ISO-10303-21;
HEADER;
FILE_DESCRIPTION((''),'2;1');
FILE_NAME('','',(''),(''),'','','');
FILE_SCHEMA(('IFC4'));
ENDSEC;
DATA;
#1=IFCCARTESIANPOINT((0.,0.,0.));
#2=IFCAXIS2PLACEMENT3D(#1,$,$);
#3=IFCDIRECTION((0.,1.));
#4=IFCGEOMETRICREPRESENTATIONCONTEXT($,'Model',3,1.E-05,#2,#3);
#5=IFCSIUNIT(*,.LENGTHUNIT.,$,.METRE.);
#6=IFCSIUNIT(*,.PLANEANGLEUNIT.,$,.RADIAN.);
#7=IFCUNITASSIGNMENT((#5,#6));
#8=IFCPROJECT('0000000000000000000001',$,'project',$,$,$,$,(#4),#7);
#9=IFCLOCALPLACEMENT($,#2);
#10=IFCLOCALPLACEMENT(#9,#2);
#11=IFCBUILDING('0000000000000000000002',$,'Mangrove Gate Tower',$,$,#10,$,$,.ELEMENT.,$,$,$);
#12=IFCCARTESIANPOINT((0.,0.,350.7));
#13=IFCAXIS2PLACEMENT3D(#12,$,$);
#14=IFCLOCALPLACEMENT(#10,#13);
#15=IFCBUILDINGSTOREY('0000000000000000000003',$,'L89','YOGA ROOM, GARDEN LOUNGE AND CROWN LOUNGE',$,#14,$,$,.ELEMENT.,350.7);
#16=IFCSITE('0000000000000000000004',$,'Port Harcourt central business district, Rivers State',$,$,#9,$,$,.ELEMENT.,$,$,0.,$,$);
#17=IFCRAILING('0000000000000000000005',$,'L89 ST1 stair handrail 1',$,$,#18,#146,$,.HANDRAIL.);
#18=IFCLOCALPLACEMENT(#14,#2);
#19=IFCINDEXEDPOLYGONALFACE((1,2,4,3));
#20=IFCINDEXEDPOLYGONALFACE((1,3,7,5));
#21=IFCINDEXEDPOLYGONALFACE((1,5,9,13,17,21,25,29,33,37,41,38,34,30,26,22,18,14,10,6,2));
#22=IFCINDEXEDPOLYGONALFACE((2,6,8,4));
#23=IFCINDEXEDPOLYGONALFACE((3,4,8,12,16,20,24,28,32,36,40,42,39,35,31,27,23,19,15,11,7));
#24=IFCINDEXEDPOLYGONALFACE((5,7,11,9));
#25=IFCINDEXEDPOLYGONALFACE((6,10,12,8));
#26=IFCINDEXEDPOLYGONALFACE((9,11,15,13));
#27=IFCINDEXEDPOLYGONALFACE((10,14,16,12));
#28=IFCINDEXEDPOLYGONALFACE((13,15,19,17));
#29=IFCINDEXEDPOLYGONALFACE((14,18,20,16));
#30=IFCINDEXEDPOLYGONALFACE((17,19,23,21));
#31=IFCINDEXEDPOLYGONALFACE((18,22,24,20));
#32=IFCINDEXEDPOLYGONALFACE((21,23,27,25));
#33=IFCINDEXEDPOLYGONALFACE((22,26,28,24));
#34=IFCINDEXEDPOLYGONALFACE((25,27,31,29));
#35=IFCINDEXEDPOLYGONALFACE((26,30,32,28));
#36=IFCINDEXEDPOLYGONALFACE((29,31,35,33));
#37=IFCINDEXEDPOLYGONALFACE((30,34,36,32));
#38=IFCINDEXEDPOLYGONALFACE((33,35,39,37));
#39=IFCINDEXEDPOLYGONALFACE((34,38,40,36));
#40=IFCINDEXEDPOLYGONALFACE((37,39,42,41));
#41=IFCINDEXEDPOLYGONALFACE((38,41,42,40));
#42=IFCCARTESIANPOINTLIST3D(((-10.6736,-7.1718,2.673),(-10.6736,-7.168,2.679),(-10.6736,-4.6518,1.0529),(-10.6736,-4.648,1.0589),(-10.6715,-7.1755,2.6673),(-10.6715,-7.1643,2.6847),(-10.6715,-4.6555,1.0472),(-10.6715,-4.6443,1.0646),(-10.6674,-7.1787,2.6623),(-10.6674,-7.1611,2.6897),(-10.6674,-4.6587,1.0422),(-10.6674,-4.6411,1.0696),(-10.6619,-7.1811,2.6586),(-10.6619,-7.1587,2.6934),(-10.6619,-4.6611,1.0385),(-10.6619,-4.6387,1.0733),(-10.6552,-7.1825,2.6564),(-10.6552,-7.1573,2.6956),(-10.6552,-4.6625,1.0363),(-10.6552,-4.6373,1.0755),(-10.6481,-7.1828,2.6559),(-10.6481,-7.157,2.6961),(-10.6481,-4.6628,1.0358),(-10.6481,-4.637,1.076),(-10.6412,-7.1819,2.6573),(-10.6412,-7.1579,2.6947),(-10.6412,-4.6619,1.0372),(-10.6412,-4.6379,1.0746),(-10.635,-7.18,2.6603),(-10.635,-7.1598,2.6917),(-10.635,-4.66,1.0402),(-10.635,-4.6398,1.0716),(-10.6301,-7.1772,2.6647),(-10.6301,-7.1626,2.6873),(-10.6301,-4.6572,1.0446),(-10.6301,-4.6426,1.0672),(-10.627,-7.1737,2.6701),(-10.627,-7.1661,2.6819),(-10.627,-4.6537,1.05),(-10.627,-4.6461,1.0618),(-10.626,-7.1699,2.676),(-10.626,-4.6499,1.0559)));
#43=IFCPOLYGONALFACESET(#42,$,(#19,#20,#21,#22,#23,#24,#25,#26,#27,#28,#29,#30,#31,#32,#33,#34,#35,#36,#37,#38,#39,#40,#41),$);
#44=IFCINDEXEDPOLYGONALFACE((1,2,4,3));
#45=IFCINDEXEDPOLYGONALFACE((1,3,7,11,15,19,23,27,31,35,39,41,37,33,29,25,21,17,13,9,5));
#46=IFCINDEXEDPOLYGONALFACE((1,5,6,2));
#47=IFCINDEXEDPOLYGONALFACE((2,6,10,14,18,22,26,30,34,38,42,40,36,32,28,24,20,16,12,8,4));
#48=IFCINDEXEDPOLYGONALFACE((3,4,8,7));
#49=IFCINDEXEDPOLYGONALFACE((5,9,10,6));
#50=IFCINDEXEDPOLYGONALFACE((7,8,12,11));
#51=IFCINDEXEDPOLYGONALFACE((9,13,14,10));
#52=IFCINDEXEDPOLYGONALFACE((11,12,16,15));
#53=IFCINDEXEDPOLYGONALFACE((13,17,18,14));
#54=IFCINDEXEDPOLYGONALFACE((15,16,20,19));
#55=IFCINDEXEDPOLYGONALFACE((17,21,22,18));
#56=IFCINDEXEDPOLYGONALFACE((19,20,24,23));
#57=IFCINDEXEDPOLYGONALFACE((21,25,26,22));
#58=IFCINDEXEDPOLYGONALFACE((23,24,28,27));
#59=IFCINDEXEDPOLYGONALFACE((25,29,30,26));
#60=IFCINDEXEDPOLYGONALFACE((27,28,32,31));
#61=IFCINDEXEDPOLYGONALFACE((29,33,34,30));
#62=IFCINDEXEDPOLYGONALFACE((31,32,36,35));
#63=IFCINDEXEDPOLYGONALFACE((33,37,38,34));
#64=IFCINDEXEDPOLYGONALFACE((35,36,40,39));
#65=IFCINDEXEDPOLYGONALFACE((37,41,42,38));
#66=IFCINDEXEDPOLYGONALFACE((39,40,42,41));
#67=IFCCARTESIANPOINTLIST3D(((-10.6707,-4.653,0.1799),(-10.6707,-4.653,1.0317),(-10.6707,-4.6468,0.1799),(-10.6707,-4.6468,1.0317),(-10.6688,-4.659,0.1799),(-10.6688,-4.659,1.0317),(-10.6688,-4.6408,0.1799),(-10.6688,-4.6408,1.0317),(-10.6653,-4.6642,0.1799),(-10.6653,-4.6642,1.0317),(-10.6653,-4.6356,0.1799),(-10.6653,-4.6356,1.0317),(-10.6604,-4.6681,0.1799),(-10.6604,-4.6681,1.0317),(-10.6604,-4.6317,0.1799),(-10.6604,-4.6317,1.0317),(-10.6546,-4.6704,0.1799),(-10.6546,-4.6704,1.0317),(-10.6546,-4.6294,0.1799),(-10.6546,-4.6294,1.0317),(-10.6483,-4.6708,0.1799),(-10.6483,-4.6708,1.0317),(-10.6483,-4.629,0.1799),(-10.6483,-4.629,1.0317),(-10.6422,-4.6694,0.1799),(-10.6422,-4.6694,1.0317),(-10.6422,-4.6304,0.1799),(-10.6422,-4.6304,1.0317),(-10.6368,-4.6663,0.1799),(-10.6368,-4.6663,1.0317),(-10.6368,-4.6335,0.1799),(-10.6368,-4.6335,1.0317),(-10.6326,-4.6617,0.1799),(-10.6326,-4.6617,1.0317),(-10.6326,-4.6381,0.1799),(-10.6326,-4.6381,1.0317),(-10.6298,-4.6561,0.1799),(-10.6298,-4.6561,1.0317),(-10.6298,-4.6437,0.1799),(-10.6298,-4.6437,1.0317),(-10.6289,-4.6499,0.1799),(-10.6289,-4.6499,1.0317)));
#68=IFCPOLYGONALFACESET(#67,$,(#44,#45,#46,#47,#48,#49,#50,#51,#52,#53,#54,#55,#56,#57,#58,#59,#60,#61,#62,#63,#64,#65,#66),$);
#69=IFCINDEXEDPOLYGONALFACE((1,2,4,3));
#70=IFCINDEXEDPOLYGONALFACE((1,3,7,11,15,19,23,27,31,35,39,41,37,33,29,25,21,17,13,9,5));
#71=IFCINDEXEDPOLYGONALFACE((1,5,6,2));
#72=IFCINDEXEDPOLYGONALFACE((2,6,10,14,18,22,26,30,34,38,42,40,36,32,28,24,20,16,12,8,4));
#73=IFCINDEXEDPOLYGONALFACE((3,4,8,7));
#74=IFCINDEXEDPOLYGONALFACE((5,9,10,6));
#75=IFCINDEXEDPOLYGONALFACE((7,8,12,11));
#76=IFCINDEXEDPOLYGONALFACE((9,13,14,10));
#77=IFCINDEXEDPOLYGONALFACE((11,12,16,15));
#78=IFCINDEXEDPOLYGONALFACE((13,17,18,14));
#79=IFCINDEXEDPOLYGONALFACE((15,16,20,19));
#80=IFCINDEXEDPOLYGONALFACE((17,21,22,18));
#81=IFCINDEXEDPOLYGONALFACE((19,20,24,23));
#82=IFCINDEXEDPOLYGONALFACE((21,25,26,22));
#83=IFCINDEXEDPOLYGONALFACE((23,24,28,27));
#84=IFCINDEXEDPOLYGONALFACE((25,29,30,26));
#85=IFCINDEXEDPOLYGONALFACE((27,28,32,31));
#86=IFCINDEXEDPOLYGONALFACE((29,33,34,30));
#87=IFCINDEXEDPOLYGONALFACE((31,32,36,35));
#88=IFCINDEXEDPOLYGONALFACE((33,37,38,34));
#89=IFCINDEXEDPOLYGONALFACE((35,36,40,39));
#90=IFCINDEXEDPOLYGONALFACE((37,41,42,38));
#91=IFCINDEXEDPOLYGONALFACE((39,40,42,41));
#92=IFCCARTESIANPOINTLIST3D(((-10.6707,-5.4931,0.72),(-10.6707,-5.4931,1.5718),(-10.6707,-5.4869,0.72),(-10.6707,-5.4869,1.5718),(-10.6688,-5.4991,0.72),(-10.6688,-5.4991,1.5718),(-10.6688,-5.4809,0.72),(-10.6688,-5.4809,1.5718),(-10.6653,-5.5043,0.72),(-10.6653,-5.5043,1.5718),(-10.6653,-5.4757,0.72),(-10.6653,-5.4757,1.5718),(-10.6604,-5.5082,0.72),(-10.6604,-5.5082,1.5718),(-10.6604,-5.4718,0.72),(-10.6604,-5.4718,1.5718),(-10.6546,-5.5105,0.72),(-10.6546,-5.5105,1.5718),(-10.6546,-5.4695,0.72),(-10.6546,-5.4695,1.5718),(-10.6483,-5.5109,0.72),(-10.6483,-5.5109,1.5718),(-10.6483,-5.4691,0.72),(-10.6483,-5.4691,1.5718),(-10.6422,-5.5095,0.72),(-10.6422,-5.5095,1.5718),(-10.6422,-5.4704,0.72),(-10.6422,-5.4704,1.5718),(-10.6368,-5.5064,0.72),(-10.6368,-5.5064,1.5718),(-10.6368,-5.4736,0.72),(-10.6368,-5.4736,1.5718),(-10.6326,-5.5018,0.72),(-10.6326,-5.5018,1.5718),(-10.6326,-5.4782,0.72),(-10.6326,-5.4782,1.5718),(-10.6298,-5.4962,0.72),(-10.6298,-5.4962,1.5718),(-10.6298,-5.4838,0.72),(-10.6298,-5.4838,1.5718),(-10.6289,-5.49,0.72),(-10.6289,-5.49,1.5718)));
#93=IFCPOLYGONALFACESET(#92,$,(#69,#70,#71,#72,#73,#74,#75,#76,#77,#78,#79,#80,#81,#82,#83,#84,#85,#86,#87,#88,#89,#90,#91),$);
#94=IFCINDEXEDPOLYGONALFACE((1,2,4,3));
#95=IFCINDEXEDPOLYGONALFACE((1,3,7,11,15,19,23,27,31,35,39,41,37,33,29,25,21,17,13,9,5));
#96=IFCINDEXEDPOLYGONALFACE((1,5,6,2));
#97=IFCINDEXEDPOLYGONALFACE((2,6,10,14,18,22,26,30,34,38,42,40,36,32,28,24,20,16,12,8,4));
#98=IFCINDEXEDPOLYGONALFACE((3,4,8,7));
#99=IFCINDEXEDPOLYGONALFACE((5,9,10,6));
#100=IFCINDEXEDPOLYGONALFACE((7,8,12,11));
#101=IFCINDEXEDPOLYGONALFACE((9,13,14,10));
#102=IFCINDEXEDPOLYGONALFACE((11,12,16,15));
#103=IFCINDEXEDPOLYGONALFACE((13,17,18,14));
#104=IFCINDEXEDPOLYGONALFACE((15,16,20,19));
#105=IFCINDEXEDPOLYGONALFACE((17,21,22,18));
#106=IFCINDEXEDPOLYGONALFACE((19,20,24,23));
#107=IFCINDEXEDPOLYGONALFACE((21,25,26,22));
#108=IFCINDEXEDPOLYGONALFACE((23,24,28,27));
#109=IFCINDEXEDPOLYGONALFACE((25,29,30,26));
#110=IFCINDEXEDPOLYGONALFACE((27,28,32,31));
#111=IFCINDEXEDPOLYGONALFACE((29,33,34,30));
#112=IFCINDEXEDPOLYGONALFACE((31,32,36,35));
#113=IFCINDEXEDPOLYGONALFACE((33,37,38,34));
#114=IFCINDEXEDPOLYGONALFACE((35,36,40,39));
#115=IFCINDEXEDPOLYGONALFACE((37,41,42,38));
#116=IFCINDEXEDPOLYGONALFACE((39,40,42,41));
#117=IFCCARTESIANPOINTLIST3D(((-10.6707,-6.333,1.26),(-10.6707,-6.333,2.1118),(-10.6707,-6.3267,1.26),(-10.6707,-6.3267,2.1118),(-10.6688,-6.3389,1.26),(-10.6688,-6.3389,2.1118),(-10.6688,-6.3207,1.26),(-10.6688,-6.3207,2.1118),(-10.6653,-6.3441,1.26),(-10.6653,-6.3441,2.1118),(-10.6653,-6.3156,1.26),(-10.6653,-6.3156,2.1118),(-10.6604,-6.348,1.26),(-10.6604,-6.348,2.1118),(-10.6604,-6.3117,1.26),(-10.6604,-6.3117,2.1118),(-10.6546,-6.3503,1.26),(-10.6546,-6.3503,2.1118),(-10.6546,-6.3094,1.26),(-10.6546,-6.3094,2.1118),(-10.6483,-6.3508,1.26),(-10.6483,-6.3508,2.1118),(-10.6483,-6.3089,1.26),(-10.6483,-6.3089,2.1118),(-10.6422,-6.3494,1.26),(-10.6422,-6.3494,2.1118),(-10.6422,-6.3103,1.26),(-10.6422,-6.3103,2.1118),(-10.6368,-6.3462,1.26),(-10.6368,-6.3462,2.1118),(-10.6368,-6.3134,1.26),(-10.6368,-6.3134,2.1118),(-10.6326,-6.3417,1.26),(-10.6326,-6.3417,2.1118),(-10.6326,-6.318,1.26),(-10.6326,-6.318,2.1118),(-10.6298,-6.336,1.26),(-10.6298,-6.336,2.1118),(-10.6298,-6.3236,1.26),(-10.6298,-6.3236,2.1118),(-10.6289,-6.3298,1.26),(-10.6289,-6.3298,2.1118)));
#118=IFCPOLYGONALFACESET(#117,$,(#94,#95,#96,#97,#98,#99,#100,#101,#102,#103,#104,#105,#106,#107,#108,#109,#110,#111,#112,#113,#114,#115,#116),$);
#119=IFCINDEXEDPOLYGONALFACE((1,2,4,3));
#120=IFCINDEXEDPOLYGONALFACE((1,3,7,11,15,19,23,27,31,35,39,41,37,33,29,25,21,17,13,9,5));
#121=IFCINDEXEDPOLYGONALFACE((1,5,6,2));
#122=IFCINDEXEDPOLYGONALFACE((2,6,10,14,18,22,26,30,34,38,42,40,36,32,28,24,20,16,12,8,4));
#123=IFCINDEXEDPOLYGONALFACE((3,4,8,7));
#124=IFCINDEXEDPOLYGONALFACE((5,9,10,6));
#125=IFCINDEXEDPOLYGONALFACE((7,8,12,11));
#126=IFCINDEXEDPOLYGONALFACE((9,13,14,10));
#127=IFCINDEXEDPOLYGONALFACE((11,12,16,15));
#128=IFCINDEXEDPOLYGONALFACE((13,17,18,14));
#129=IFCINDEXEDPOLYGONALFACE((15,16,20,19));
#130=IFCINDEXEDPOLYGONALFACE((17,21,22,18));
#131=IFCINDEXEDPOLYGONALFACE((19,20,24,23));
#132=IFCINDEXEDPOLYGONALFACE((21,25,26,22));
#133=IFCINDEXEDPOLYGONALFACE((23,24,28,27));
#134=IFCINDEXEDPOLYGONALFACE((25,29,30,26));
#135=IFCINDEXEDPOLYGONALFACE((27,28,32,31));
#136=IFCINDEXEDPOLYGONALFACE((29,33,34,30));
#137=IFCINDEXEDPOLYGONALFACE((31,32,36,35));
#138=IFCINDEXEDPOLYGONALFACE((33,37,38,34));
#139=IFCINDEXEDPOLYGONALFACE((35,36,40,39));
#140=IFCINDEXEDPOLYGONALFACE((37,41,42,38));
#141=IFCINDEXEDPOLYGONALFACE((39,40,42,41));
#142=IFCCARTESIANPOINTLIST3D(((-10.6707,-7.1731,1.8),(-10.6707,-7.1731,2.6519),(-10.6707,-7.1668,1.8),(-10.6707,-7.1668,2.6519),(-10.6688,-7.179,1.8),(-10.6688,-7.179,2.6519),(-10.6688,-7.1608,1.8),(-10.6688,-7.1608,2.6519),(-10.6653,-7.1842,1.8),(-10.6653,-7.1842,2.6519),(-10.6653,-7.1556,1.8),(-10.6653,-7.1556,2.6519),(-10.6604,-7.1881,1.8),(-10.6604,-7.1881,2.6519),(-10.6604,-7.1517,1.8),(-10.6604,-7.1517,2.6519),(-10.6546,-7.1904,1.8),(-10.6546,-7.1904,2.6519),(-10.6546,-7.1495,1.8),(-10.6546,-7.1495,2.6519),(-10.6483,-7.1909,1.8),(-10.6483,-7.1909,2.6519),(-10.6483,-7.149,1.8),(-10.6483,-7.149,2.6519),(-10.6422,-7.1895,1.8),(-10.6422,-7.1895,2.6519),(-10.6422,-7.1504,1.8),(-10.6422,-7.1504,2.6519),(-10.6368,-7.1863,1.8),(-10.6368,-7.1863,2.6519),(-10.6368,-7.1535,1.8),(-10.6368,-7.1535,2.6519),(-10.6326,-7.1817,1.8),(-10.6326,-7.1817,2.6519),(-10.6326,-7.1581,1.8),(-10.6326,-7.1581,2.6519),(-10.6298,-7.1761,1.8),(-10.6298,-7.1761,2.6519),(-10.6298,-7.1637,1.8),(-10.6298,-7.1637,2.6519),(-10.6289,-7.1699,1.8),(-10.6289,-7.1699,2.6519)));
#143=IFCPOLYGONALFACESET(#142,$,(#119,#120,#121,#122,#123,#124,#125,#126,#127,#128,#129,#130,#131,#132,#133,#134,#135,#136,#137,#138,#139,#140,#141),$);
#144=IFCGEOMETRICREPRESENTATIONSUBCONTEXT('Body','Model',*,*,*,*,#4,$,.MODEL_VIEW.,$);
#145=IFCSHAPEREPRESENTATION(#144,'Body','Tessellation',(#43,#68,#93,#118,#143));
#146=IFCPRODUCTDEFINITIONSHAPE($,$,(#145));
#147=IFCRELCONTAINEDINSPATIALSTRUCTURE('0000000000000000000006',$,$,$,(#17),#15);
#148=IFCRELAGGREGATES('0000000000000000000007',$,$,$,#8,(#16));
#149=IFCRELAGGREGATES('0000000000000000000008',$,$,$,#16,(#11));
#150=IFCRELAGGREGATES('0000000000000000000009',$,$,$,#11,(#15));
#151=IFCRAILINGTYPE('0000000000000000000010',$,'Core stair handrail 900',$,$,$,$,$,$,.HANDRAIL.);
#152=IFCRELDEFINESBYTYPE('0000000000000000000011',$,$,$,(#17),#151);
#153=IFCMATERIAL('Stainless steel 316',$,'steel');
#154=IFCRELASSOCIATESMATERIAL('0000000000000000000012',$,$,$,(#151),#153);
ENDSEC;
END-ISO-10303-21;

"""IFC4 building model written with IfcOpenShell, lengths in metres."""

from ifc_helpers import new_model, si_unit, direction, frame, origin, origin_2d, place, context, subcontext, project, spatial, circle, extrude, material, type_object, element, save


model = new_model("IFC4")

# Units and contexts
model_context = context("Model", 3, precision=1e-05, world=origin(), true_north=direction((0.0, 1.0)))
body_context = subcontext(model_context, "Body", "Model", "MODEL_VIEW")
ifc_project = project(units=[si_unit("LENGTHUNIT", "METRE"), si_unit("PLANEANGLEUNIT", "RADIAN")], contexts=[model_context])

# Site, building, storey
site_placement = place(None, origin())
site = spatial("IfcSite", under=ifc_project, at=site_placement, Name="Port Harcourt central business district, Rivers State", CompositionType="ELEMENT", RefElevation=0.0)
building_placement = place(site_placement, origin())
building = spatial("IfcBuilding", under=site, at=building_placement, Name="Mangrove Gate Tower", CompositionType="ELEMENT")
storey_placement = place(building_placement, frame((0.0, 0.0, 350.7)))
storey = spatial("IfcBuildingStorey", under=building, at=storey_placement, Name="L89", Description="YOGA ROOM, GARDEN LOUNGE AND CROWN LOUNGE", CompositionType="ELEMENT", Elevation=350.7)

# Railing
ifc_material_1 = material(Name="Stainless steel 316", Category="steel")
railing_type_1 = type_object("IfcRailingType", Name="Core stair handrail 900", PredefinedType="HANDRAIL", material=ifc_material_1)
railing_1_placement = place(storey_placement, frame((-10.6499, -4.6499, 0.1799)))
element("IfcRailing", 1, at=railing_1_placement, inside=storey, type_object=railing_type_1, Name="L89 ST1 stair handrail 1", PredefinedType="HANDRAIL", context=body_context, shape_type="SweptSolid", body=[
    extrude(circle(Radius=0.0239, at=origin_2d()), frame((0.0, 0.0, 0.876), z_axis=(0.0, -0.841163, 0.540782), x_axis=(1.0, 0.0, 0.0)), (0.0, 0.0, 1.0), 2.9958),
    extrude(circle(Radius=0.021, at=origin_2d()), origin(), (0.0, 0.0, 1.0), 0.8518),
    extrude(circle(Radius=0.021, at=origin_2d()), frame((0.0, -0.8401, 0.54)), (0.0, 0.0, 1.0), 0.8518),
    extrude(circle(Radius=0.021, at=origin_2d()), frame((0.0, -1.6799, 1.0801)), (0.0, 0.0, 1.0), 0.8518),
    extrude(circle(Radius=0.021, at=origin_2d()), frame((0.0, -2.52, 1.6201)), (0.0, 0.0, 1.0), 0.8518),
])

save(model, "model.ifc")
